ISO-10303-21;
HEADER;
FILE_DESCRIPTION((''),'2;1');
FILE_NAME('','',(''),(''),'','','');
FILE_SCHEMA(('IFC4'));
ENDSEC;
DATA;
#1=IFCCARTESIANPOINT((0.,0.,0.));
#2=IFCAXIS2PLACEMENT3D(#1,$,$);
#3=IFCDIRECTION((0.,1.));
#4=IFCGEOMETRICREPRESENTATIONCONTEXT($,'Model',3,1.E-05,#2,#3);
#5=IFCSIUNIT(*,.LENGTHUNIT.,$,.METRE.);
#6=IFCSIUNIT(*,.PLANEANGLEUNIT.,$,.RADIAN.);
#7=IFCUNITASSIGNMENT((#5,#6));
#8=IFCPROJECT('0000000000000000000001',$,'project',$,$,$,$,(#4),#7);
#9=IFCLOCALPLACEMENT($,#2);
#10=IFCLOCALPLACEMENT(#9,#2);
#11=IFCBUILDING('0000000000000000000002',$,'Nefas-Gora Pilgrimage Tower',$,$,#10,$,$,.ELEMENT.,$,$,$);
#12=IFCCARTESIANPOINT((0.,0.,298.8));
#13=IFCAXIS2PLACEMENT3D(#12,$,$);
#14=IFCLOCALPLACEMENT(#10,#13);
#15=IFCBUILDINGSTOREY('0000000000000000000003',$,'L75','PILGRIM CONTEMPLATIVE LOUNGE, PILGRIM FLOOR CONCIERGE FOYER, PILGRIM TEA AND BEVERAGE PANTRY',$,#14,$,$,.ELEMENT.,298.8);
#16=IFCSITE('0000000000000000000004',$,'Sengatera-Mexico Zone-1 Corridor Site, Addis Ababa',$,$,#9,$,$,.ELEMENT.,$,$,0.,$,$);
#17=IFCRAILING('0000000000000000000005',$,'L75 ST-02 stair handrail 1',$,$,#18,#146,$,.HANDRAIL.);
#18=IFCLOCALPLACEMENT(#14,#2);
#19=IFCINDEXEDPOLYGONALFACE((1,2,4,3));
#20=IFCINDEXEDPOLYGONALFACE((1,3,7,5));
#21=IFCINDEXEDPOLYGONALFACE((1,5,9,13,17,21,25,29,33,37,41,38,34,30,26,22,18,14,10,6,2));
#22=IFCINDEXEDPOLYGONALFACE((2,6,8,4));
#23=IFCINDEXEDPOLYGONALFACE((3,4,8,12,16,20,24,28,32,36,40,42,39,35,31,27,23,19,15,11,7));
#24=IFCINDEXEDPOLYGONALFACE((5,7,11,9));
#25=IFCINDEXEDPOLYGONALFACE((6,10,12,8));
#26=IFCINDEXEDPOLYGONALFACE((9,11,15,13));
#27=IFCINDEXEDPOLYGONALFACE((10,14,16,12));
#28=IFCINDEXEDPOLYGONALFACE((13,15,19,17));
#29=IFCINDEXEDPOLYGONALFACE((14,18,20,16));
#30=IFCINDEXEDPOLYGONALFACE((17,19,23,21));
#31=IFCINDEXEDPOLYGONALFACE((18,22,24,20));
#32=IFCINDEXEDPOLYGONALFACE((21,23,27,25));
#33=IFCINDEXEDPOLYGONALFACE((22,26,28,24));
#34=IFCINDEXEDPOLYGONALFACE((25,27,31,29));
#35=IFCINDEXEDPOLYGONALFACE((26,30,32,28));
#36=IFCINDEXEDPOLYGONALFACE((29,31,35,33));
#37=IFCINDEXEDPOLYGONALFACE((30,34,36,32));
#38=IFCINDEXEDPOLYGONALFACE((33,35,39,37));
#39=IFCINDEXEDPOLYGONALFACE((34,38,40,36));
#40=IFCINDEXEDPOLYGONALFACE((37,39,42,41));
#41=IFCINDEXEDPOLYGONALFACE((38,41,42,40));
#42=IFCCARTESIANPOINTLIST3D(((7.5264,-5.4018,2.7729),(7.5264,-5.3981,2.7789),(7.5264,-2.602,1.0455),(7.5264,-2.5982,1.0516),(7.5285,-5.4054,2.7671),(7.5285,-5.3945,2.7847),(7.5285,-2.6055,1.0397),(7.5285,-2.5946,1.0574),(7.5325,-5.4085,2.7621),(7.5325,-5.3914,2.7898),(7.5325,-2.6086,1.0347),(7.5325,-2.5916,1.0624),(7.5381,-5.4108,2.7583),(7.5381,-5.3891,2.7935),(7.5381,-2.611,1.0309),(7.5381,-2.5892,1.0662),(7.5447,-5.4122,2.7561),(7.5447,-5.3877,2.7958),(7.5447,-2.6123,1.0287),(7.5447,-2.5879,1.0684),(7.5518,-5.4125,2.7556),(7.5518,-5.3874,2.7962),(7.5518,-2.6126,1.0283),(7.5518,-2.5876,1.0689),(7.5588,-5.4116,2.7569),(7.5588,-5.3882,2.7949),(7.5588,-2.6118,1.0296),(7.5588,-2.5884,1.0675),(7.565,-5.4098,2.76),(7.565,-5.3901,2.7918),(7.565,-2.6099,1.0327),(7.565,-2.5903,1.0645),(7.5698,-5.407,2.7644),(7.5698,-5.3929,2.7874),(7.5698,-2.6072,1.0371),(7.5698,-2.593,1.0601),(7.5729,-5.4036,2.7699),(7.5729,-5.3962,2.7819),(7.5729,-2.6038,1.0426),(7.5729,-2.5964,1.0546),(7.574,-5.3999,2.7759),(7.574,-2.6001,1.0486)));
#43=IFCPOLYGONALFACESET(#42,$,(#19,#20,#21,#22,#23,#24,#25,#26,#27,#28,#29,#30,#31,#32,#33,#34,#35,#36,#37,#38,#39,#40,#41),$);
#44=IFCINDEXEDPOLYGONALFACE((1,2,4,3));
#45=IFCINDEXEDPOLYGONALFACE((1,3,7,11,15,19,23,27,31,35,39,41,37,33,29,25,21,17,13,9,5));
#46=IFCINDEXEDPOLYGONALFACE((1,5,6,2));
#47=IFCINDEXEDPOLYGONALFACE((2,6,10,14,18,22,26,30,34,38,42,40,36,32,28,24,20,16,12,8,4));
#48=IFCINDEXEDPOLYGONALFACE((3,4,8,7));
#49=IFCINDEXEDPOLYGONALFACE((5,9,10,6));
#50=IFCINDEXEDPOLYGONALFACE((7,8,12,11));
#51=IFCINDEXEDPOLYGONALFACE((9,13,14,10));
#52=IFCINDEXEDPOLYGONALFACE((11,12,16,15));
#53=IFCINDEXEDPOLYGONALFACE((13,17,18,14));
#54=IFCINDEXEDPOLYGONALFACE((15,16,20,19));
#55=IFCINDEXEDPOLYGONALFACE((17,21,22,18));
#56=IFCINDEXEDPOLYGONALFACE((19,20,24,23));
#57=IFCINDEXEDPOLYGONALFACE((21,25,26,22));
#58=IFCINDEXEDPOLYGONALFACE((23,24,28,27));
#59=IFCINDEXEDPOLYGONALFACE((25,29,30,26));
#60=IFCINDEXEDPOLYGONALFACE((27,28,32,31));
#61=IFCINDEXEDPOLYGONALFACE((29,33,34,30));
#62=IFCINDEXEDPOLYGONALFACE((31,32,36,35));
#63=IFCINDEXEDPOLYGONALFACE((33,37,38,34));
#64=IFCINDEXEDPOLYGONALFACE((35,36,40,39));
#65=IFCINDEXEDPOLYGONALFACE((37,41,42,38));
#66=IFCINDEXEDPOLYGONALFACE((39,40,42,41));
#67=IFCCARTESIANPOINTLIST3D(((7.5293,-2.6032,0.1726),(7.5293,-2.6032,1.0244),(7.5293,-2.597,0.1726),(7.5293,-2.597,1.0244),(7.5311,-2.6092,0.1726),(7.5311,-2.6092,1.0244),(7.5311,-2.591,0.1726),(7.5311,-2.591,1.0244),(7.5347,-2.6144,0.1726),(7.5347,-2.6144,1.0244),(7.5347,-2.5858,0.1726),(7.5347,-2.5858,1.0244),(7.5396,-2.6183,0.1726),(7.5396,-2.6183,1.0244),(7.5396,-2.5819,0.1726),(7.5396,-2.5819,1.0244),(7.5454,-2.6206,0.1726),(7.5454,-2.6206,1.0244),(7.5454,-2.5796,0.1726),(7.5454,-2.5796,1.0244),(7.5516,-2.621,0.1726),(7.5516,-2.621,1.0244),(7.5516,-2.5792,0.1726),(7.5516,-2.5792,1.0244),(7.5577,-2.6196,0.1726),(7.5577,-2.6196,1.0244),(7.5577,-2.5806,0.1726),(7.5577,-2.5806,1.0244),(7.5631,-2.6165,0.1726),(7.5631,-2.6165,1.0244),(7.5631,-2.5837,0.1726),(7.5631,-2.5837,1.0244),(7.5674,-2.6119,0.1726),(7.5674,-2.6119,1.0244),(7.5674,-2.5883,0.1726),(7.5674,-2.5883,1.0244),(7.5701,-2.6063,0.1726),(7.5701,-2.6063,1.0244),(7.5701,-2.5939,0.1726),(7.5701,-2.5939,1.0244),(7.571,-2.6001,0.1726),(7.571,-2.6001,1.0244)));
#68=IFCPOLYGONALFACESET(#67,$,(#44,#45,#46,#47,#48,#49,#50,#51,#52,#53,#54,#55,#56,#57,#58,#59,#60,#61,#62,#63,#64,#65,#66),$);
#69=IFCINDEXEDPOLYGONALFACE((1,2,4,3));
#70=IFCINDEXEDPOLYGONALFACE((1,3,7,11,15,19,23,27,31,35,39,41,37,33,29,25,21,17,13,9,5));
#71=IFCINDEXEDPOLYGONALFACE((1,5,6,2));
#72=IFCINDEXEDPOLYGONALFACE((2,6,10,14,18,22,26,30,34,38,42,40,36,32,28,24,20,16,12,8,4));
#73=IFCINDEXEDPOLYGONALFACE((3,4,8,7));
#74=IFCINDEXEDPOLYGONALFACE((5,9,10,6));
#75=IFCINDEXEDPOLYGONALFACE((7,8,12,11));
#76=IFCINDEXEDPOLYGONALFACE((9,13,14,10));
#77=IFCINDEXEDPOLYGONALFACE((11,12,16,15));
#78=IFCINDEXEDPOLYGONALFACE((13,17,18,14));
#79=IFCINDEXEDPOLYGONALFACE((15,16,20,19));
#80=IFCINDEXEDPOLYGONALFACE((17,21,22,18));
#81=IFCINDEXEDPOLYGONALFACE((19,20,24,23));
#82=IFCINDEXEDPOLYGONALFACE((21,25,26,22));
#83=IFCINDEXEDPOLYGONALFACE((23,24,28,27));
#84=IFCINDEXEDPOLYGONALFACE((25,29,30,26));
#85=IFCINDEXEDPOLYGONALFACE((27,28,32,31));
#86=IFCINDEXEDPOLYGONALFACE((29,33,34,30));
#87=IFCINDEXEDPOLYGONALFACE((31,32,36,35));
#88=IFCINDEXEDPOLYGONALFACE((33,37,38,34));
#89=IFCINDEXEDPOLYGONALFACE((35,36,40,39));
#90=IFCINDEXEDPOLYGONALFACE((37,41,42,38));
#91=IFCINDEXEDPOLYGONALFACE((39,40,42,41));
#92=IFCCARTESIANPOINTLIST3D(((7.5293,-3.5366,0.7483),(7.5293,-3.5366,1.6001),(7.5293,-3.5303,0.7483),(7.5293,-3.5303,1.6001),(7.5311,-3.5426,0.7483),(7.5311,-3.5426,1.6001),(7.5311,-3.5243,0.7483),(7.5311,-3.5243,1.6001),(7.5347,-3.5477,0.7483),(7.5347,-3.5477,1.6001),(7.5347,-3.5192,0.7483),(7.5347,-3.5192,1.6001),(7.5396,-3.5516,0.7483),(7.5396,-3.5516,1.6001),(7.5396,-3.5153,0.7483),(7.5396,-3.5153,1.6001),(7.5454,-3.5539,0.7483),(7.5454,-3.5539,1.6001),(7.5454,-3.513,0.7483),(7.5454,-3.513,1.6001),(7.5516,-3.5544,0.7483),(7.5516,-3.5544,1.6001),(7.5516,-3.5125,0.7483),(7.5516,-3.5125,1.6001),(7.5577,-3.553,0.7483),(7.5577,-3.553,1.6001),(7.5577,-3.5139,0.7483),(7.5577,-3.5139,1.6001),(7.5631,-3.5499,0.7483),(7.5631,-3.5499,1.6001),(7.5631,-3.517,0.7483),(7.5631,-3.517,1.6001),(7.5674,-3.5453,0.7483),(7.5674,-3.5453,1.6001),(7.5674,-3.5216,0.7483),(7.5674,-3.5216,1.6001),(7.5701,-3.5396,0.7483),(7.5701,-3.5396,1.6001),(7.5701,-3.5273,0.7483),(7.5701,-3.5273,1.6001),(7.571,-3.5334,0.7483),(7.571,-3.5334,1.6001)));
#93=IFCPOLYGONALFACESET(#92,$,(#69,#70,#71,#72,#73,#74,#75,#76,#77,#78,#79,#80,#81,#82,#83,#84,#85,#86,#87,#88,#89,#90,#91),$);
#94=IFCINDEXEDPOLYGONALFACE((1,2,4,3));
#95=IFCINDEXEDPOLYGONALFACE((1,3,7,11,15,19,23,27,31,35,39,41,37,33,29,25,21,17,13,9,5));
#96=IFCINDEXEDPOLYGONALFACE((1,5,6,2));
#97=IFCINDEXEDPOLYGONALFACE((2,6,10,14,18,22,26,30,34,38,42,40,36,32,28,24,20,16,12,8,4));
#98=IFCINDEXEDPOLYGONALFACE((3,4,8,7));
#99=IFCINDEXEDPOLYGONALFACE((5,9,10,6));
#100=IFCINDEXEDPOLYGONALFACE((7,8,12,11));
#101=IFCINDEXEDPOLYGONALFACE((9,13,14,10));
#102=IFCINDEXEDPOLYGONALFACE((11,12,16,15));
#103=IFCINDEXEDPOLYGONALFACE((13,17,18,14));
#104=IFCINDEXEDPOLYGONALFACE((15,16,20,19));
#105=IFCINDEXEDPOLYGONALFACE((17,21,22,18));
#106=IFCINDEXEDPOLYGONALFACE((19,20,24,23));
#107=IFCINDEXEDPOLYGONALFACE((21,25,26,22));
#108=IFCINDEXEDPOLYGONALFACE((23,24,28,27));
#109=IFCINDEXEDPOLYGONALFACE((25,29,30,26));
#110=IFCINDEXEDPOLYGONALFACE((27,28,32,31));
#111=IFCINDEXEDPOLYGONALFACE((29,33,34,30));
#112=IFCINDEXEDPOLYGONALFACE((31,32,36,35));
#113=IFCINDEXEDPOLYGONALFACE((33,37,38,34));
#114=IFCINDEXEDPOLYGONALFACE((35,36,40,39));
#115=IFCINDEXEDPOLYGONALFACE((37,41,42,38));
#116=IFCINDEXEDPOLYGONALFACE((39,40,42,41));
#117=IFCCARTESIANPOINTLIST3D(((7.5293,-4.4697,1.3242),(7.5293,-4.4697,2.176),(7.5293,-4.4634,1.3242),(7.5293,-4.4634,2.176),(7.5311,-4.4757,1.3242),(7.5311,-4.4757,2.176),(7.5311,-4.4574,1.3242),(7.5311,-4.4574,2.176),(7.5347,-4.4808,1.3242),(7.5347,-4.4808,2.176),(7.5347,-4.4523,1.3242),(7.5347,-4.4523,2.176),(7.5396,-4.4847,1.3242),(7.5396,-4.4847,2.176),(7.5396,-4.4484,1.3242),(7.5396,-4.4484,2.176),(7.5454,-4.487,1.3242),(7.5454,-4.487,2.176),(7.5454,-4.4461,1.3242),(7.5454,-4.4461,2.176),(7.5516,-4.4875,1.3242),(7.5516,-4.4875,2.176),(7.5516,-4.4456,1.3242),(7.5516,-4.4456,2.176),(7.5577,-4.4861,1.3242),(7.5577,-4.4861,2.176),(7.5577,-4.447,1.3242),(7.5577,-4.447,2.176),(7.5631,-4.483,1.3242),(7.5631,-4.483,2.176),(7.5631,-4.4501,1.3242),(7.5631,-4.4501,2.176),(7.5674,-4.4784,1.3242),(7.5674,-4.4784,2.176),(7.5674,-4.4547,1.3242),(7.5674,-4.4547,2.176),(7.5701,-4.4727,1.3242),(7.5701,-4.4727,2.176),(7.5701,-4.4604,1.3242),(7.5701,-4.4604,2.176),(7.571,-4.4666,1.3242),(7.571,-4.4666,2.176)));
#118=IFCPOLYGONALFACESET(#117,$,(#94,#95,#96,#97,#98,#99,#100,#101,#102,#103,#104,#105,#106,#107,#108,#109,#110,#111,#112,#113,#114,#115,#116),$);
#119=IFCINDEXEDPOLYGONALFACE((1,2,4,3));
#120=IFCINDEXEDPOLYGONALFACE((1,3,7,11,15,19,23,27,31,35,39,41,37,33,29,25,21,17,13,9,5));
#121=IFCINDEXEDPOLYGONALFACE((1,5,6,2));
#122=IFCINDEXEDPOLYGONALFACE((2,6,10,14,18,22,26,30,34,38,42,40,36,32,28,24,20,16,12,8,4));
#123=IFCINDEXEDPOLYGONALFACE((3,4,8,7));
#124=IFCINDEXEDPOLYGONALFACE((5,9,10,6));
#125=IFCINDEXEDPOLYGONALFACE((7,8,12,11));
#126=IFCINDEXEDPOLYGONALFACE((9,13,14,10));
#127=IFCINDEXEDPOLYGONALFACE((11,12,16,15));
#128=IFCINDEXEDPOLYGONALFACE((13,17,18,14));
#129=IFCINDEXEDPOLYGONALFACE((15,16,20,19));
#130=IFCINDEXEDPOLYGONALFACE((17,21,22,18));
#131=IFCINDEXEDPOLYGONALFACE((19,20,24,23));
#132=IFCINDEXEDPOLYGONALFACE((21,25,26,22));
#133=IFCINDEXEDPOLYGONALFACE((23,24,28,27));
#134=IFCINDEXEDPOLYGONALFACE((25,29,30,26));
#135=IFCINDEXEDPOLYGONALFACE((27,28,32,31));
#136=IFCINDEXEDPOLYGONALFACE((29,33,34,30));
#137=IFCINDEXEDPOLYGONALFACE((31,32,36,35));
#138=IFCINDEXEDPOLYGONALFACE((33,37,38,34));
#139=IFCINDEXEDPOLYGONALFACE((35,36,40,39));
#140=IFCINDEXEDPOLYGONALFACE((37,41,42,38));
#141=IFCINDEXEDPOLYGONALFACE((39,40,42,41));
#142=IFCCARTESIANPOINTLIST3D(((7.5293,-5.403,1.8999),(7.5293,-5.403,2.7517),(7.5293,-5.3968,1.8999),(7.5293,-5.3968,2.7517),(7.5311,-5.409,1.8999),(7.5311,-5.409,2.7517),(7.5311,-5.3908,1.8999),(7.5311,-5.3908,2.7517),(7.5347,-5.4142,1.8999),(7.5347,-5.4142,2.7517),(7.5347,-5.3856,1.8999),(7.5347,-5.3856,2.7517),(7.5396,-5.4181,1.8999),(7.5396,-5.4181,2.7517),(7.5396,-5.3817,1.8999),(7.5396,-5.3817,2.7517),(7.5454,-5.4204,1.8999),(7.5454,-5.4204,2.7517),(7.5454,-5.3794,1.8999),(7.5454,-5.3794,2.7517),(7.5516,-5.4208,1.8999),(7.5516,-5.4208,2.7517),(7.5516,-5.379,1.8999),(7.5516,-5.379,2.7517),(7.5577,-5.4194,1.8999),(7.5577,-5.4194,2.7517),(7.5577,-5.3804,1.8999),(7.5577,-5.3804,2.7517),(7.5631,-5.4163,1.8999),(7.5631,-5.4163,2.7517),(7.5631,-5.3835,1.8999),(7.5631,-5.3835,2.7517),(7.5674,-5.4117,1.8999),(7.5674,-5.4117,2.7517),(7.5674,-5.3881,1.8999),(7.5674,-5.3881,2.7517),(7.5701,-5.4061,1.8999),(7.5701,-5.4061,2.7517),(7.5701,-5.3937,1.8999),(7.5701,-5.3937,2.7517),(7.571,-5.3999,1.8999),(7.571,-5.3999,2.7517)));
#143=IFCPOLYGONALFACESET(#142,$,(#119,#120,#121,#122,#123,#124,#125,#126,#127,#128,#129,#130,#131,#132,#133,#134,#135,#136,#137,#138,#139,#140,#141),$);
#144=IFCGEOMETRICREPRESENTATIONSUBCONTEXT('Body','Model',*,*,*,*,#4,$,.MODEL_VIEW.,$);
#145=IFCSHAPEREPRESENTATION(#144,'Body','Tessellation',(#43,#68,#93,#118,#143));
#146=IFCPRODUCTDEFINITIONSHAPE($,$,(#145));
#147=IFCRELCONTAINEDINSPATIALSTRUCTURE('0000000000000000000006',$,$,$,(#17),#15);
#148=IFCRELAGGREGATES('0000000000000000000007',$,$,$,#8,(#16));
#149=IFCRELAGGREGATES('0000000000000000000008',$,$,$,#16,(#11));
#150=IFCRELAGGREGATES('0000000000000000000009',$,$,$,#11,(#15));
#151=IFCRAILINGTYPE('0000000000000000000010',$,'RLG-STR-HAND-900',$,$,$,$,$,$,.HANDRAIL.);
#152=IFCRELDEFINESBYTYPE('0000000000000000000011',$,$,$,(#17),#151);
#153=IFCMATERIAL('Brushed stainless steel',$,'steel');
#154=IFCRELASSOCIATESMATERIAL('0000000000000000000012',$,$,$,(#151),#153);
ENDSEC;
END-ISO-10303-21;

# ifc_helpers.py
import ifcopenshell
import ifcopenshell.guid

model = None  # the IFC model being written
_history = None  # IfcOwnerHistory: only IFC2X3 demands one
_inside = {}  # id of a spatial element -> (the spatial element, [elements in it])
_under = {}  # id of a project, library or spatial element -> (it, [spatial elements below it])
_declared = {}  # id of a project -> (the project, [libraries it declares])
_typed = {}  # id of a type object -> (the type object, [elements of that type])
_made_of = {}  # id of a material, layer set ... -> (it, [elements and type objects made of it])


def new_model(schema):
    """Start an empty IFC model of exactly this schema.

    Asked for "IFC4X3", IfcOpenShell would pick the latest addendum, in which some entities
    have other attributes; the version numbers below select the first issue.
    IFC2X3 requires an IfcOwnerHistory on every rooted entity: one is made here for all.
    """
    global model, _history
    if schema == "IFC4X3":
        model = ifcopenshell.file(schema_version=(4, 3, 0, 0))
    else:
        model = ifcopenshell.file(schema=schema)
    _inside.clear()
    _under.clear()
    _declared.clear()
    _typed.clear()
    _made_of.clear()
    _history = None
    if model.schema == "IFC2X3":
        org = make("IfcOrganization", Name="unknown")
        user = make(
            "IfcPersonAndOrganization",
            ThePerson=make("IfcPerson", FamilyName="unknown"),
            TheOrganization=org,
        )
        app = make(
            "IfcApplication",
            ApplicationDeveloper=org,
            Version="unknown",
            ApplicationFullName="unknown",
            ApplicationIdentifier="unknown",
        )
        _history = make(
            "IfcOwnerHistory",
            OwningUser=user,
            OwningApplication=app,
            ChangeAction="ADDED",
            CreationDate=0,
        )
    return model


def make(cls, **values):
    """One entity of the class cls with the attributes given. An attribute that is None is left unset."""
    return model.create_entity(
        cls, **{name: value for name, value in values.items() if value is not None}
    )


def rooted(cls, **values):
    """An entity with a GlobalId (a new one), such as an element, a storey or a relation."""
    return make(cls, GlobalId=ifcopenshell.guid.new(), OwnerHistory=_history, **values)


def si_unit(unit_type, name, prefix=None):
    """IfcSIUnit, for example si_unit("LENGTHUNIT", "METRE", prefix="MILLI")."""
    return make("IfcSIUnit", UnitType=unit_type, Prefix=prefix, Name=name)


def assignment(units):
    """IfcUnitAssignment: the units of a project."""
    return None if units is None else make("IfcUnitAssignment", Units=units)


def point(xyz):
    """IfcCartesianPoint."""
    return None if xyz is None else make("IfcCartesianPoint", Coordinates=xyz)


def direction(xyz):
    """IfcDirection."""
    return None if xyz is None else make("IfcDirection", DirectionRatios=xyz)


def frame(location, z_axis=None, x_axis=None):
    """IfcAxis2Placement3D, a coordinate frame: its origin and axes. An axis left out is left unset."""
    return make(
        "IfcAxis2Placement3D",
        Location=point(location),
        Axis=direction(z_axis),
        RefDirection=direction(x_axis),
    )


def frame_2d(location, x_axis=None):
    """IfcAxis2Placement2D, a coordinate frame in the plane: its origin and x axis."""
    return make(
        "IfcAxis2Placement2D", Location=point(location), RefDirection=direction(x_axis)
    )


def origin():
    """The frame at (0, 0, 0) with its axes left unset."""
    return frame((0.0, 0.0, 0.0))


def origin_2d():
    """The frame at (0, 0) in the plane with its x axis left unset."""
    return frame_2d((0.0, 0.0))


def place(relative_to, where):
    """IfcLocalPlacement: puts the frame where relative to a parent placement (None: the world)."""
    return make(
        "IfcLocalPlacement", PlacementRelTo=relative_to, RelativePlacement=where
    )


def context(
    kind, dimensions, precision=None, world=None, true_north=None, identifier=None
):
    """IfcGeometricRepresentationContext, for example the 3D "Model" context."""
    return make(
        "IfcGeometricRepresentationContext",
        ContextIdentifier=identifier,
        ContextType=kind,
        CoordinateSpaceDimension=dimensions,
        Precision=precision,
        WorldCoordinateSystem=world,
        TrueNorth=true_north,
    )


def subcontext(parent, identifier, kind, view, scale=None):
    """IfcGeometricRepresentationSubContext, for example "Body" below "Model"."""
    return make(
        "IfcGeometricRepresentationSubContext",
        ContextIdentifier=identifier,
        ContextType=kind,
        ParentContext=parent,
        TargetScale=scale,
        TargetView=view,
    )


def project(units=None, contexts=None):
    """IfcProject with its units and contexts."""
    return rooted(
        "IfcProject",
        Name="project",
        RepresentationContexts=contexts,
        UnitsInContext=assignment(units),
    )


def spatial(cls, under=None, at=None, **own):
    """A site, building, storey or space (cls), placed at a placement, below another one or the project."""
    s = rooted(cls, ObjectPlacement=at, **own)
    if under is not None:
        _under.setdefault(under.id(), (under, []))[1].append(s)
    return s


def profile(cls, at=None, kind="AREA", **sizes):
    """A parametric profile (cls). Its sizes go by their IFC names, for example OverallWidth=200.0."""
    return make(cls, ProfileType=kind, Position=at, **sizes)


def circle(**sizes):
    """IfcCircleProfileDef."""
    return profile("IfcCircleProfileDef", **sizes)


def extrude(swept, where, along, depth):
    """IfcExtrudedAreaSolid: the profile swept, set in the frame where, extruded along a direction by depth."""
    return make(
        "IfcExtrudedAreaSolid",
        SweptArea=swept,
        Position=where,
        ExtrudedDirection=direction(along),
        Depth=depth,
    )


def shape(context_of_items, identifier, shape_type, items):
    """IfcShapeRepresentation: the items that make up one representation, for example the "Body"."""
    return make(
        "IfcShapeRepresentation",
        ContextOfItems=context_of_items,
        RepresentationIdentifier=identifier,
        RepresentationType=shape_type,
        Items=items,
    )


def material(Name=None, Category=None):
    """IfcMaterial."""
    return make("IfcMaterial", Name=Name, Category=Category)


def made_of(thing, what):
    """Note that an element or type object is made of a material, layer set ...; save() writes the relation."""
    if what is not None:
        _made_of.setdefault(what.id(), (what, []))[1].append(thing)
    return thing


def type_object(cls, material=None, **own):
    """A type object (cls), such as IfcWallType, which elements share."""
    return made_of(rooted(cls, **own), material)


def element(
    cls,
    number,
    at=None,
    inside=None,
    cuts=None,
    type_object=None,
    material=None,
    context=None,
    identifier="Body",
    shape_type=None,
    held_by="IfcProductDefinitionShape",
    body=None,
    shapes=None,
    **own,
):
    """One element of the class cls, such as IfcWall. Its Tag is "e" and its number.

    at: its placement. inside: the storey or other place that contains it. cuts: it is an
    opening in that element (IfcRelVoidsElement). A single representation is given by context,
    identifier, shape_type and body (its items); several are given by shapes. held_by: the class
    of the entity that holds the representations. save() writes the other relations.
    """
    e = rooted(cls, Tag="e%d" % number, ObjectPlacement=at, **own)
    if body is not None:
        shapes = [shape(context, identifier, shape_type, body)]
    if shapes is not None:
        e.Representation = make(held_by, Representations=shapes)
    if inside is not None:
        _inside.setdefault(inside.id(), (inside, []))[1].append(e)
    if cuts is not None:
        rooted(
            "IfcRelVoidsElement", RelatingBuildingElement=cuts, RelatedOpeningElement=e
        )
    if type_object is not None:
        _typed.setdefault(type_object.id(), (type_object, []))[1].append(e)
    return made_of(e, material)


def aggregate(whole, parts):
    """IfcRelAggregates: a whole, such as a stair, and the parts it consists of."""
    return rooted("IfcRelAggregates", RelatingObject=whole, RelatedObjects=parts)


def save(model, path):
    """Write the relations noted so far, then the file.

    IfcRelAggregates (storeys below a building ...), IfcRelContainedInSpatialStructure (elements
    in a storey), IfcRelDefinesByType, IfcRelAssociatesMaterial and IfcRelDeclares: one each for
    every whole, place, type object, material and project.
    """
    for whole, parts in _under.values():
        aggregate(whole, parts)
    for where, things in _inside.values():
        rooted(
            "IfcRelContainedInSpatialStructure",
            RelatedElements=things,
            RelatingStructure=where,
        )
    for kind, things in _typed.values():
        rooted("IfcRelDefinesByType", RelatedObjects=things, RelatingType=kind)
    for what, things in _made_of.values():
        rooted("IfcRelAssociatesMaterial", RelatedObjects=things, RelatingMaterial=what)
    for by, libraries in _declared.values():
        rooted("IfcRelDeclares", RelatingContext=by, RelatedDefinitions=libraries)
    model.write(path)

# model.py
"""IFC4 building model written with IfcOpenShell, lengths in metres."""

from ifc_helpers import new_model, si_unit, direction, frame, origin, origin_2d, place, context, subcontext, project, spatial, circle, extrude, material, type_object, element, save


model = new_model("IFC4")

# Units and contexts
model_context = context("Model", 3, precision=1e-05, world=origin(), true_north=direction((0.0, 1.0)))
body_context = subcontext(model_context, "Body", "Model", "MODEL_VIEW")
ifc_project = project(units=[si_unit("LENGTHUNIT", "METRE"), si_unit("PLANEANGLEUNIT", "RADIAN")], contexts=[model_context])

# Site, building, storey
site_placement = place(None, origin())
site = spatial("IfcSite", under=ifc_project, at=site_placement, Name="Sengatera-Mexico Zone-1 Corridor Site, Addis Ababa", CompositionType="ELEMENT", RefElevation=0.0)
building_placement = place(site_placement, origin())
building = spatial("IfcBuilding", under=site, at=building_placement, Name="Nefas-Gora Pilgrimage Tower", CompositionType="ELEMENT")
storey_placement = place(building_placement, frame((0.0, 0.0, 298.8)))
storey = spatial("IfcBuildingStorey", under=building, at=storey_placement, Name="L75", Description="PILGRIM CONTEMPLATIVE LOUNGE, PILGRIM FLOOR CONCIERGE FOYER, PILGRIM TEA AND BEVERAGE PANTRY", CompositionType="ELEMENT", Elevation=298.8)

# Railing
ifc_material_1 = material(Name="Brushed stainless steel", Category="steel")
railing_type_1 = type_object("IfcRailingType", Name="RLG-STR-HAND-900", PredefinedType="HANDRAIL", material=ifc_material_1)
railing_1_placement = place(storey_placement, frame((7.55, -2.6001, 0.1726)))
element("IfcRailing", 1, at=railing_1_placement, inside=storey, type_object=railing_type_1, Name="L75 ST-02 stair handrail 1", PredefinedType="HANDRAIL", context=body_context, shape_type="SweptSolid", body=[
    extrude(circle(Radius=0.0239, at=origin_2d()), frame((0.0, 0.0, 0.876), z_axis=(0.0, -0.851069, 0.525054), x_axis=(1.0, 0.0, 0.0)), (0.0, 0.0, 1.0), 3.2898),
    extrude(circle(Radius=0.021, at=origin_2d()), origin(), (0.0, 0.0, 1.0), 0.8518),
    extrude(circle(Radius=0.021, at=origin_2d()), frame((0.0, -0.9333, 0.5757)), (0.0, 0.0, 1.0), 0.8518),
    extrude(circle(Radius=0.021, at=origin_2d()), frame((0.0, -1.8665, 1.1516)), (0.0, 0.0, 1.0), 0.8518),
    extrude(circle(Radius=0.021, at=origin_2d()), frame((0.0, -2.7998, 1.7273)), (0.0, 0.0, 1.0), 0.8518),
])

save(model, "model.ifc")
